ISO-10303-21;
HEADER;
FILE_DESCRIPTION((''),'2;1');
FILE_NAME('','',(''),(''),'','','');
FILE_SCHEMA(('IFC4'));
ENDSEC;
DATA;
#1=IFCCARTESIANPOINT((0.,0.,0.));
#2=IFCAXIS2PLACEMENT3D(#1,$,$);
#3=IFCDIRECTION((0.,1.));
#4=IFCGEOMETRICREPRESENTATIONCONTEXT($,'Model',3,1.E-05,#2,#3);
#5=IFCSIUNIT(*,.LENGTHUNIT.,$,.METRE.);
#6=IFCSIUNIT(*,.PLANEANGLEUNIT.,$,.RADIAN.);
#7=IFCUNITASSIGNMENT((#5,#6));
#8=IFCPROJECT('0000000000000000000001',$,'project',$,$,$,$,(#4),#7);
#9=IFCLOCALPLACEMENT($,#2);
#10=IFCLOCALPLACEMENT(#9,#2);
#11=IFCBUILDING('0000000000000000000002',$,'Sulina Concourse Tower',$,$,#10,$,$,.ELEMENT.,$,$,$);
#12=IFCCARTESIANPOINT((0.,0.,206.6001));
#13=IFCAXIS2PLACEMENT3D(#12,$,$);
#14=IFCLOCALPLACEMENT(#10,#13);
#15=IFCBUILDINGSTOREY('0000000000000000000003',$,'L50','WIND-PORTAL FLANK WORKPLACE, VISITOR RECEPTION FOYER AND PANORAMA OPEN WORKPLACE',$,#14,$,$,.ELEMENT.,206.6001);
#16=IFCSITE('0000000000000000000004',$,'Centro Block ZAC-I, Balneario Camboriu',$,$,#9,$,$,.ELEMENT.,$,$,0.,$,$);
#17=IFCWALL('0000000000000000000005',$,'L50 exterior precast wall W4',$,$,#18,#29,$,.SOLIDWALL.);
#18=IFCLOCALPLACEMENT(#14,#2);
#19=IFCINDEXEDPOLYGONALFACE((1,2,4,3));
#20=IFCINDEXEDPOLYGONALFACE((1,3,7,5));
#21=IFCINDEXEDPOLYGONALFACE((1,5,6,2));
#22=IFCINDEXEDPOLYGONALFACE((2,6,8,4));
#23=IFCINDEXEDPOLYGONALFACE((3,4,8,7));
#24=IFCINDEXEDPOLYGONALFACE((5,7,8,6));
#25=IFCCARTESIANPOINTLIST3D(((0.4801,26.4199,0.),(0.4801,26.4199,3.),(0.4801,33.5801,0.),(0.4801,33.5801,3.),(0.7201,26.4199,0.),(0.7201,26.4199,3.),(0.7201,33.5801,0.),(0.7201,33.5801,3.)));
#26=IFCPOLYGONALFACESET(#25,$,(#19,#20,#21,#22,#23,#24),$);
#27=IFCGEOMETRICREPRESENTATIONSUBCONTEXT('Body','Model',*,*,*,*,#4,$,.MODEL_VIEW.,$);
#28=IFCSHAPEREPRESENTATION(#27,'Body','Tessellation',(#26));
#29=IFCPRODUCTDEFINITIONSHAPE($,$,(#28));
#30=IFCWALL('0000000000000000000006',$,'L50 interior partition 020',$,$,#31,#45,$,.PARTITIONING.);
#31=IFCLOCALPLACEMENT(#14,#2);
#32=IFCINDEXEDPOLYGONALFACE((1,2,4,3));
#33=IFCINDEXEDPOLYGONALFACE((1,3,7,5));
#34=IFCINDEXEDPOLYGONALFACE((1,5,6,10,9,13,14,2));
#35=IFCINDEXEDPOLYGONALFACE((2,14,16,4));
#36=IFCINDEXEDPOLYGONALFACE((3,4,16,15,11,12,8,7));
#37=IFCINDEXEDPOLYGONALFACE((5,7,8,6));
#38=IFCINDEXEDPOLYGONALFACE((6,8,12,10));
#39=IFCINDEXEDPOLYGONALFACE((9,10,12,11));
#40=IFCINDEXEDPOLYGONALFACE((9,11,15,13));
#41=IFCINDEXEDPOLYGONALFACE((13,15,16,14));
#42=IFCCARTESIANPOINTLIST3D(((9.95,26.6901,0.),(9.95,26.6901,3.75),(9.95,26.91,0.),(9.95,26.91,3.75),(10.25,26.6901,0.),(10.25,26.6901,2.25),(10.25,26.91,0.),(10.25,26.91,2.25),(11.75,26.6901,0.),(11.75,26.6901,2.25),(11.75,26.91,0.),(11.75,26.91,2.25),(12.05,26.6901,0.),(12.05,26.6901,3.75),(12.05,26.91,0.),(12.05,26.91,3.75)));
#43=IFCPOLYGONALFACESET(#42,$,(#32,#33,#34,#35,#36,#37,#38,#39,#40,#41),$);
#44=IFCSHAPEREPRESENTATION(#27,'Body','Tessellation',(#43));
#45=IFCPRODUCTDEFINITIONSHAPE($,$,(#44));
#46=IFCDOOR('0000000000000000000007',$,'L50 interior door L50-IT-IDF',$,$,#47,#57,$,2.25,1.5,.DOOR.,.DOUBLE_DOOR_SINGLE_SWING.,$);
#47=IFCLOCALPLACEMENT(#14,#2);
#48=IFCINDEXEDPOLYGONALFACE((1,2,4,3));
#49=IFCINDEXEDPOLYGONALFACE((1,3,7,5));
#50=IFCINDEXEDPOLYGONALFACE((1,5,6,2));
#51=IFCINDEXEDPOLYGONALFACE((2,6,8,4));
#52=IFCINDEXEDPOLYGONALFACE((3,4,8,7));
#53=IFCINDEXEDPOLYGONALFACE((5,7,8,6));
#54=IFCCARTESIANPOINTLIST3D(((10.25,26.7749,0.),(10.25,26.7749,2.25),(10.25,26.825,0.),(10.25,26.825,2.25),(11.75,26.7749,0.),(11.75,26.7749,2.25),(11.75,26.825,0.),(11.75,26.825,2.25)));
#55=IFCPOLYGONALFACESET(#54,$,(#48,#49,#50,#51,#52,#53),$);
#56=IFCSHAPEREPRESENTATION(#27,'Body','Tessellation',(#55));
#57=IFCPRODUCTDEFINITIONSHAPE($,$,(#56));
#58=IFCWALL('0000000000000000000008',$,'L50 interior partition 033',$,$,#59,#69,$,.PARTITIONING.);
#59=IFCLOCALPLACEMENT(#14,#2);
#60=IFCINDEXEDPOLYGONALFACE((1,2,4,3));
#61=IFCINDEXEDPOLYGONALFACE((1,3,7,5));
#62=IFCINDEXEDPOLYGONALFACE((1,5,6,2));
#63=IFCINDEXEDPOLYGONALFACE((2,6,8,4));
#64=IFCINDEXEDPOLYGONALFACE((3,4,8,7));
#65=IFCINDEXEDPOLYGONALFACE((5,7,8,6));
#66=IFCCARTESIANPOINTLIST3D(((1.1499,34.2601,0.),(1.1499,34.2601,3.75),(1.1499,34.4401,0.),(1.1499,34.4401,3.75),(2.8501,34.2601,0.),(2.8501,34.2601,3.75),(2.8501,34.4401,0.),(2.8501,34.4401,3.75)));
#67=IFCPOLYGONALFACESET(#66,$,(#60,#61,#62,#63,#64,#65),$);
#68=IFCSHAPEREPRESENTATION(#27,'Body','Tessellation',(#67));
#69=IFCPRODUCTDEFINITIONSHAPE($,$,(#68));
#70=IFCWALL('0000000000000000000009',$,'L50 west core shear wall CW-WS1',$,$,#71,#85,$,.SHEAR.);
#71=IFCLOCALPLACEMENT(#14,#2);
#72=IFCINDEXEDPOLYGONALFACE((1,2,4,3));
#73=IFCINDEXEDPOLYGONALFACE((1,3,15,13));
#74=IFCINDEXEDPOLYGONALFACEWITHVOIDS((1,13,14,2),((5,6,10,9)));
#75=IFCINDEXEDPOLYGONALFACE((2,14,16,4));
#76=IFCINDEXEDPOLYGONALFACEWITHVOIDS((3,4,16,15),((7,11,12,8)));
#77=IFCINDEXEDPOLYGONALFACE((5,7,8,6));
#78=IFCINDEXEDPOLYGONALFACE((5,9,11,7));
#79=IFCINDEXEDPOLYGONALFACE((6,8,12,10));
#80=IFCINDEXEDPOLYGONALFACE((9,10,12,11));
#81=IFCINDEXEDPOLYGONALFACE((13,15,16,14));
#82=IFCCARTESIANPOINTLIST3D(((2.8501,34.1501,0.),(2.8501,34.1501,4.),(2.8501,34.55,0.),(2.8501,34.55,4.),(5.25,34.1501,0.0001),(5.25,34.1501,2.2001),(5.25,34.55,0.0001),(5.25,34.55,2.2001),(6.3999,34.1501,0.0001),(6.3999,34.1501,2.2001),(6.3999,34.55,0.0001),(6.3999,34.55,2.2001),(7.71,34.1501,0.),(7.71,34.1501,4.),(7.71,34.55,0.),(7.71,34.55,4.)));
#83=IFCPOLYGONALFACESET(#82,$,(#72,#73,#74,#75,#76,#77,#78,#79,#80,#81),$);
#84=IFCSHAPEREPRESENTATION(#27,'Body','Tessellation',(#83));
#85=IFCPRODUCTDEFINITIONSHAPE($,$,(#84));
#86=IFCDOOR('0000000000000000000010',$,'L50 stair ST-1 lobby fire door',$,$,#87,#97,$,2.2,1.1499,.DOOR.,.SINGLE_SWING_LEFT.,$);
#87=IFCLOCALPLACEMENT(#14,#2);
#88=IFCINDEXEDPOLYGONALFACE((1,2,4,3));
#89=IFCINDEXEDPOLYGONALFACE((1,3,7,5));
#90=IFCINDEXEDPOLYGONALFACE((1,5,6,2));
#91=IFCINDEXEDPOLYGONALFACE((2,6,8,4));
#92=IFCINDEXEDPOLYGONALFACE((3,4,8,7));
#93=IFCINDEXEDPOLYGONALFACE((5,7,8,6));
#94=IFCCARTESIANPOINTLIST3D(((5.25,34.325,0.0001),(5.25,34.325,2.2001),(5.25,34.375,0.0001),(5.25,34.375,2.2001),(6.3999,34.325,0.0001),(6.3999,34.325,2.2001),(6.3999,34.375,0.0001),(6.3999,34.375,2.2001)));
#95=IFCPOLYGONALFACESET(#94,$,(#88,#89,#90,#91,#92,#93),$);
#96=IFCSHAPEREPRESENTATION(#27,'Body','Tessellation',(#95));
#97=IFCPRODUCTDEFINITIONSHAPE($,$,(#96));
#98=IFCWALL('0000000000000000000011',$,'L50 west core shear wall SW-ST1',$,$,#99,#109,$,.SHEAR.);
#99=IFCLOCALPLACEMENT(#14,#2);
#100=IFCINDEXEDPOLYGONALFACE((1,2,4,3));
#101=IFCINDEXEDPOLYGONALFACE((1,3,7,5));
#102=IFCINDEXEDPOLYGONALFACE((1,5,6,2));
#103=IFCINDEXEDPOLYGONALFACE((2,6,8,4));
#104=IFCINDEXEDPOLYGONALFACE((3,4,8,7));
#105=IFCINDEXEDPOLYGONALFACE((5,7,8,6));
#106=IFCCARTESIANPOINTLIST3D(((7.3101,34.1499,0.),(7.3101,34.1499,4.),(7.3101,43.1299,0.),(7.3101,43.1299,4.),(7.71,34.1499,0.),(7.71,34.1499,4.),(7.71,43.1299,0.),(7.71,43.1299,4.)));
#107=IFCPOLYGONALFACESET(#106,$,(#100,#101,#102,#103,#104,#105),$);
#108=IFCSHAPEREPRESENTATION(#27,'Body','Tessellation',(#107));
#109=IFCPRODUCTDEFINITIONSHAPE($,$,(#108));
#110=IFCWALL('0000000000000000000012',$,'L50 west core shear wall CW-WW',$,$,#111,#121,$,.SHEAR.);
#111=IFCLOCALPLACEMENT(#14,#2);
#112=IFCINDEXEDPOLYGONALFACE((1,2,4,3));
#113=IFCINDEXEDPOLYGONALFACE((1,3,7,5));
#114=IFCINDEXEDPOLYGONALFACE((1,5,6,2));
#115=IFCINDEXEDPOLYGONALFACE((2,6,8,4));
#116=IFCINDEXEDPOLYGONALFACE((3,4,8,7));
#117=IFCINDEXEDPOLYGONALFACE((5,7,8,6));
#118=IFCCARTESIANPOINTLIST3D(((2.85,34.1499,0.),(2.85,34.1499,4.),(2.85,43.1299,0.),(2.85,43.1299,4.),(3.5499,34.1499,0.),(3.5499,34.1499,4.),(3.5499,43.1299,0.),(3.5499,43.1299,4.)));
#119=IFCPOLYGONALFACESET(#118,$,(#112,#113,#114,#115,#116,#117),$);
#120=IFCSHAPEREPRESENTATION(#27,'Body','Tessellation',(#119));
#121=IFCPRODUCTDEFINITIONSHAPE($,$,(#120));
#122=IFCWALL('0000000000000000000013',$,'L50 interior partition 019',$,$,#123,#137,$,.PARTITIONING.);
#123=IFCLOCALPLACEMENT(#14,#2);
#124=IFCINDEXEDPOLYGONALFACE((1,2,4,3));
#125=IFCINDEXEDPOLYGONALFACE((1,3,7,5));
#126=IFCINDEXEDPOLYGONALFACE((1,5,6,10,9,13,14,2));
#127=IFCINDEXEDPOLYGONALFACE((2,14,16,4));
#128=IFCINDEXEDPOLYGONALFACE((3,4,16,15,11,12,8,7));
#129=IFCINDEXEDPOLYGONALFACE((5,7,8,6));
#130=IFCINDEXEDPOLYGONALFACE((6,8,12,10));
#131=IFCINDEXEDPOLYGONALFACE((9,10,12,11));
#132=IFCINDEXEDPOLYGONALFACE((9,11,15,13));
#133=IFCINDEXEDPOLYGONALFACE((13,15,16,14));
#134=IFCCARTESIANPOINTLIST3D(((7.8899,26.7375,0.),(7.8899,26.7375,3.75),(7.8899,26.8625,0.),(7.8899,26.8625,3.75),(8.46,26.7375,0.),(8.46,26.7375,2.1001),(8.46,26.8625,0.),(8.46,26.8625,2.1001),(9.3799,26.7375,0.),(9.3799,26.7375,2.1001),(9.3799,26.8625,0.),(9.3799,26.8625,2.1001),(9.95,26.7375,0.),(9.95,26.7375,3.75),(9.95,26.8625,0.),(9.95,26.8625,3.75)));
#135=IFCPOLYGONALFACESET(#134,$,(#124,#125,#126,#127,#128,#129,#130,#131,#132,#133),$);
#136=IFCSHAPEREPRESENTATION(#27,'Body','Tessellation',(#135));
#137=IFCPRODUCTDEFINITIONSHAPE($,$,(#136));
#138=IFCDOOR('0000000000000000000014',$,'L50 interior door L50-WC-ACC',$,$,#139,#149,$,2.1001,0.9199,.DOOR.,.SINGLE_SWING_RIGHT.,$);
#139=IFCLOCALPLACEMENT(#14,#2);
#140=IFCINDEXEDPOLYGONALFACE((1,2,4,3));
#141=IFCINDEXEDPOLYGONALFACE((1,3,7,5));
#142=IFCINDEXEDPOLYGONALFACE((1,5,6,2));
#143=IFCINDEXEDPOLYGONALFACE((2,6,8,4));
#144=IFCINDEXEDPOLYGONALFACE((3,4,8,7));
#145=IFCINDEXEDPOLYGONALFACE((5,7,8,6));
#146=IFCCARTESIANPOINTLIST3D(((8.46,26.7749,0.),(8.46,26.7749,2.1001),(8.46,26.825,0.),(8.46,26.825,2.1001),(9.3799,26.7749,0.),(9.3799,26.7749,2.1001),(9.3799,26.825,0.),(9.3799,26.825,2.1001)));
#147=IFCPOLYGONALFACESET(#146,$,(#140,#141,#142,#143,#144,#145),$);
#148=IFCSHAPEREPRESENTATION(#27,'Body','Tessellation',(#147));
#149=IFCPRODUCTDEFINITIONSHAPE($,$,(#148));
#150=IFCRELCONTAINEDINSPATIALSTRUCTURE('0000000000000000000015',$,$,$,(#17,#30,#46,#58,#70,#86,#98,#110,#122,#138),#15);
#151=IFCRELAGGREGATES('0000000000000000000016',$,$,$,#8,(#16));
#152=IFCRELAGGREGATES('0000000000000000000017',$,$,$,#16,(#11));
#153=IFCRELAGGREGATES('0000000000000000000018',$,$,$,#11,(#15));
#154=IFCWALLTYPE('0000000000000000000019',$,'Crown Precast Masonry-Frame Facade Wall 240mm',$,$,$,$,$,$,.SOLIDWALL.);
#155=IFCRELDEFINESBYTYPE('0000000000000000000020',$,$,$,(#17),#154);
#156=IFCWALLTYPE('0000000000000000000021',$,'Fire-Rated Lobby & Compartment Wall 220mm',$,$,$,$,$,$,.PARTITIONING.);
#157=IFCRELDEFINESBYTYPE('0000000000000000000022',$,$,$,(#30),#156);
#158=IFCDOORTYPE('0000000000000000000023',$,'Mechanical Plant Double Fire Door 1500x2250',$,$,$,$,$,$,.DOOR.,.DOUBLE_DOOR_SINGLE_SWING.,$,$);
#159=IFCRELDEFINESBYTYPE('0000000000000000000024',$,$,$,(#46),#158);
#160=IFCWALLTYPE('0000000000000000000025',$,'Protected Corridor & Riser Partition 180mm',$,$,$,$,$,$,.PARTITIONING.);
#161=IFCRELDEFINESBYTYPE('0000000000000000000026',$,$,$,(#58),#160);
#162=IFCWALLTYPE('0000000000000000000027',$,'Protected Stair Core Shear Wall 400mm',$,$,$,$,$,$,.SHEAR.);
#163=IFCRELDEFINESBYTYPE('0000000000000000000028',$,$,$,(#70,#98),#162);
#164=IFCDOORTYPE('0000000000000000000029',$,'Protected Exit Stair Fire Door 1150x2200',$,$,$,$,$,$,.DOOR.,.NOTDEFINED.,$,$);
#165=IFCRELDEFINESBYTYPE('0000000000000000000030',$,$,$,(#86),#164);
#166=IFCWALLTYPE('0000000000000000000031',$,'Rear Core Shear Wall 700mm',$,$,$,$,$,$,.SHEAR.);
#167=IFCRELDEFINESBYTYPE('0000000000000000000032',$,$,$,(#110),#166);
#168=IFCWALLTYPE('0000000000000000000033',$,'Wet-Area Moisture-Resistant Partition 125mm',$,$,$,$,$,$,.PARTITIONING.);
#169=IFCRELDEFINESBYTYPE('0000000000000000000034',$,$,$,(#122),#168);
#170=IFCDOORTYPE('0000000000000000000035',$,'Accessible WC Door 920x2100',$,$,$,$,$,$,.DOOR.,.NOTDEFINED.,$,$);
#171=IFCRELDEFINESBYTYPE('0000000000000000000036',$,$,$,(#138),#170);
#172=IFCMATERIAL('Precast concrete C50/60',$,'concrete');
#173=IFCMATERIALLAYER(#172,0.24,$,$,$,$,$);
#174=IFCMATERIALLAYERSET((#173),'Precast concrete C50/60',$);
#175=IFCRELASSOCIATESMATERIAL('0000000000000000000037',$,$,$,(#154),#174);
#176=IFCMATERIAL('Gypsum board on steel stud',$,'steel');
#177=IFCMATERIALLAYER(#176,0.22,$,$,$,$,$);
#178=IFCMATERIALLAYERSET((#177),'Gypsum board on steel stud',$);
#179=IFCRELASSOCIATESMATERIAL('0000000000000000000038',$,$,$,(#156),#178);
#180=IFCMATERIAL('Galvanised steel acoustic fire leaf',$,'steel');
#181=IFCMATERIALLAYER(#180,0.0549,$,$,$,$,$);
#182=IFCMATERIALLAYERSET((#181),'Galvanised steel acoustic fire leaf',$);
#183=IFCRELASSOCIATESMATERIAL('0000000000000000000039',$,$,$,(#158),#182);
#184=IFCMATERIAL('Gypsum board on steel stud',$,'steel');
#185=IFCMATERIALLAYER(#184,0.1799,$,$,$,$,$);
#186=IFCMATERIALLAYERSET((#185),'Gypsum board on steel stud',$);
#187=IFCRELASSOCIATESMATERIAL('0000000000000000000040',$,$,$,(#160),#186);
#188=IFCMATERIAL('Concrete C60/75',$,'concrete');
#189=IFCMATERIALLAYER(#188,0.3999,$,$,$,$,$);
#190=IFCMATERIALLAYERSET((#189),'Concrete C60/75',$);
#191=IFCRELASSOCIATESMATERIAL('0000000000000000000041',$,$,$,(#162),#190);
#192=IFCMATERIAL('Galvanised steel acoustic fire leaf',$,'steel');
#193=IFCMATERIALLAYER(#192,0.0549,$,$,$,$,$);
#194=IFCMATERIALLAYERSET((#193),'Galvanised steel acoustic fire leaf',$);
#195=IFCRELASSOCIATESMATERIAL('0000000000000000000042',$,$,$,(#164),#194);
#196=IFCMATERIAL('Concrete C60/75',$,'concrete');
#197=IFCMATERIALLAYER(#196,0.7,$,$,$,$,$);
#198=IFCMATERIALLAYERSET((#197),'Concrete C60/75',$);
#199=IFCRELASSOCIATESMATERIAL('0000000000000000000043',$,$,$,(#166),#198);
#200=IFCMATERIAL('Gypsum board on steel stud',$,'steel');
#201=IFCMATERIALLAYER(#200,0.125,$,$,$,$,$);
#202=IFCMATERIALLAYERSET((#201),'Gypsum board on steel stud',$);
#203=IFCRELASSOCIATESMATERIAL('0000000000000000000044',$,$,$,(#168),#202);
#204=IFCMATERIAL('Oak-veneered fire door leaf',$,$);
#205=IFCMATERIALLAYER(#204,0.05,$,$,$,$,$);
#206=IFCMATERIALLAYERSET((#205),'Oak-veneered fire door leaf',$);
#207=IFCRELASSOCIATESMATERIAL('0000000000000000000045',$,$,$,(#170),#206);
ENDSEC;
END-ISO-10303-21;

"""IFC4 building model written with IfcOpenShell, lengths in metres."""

from ifc_helpers import new_model, si_unit, direction, frame, frame_2d, origin, place, context, subcontext, project, spatial, rectangle, extrude, material, layer, layer_set, type_object, element, fill, save


model = new_model("IFC4")

# Units and contexts
model_context = context("Model", 3, precision=1e-05, world=origin(), true_north=direction((0.0, 1.0)))
body_context = subcontext(model_context, "Body", "Model", "MODEL_VIEW")
ifc_project = project(units=[si_unit("LENGTHUNIT", "METRE"), si_unit("PLANEANGLEUNIT", "RADIAN")], contexts=[model_context])

# Site, building, storey
site_placement = place(None, origin())
site = spatial("IfcSite", under=ifc_project, at=site_placement, Name="Centro Block ZAC-I, Balneario Camboriu", CompositionType="ELEMENT", RefElevation=0.0)
building_placement = place(site_placement, origin())
building = spatial("IfcBuilding", under=site, at=building_placement, Name="Sulina Concourse Tower", CompositionType="ELEMENT")
storey_placement = place(building_placement, frame((0.0, 0.0, 206.6001)))
storey = spatial("IfcBuildingStorey", under=building, at=storey_placement, Name="L50", Description="WIND-PORTAL FLANK WORKPLACE, VISITOR RECEPTION FOYER AND PANORAMA OPEN WORKPLACE", CompositionType="ELEMENT", Elevation=206.6001)

# Wall
ifc_material_1 = material(Name="Precast concrete C50/60", Category="concrete")
ifc_layer_1 = layer(ifc_material_1, 0.24)
ifc_layer_set_1 = layer_set([ifc_layer_1], Name="Precast concrete C50/60")
wall_type_1 = type_object("IfcWallType", Name="Crown Precast Masonry-Frame Facade Wall 240mm", PredefinedType="SOLIDWALL", material=ifc_layer_set_1)
wall_1_placement = place(storey_placement, frame((0.6001, 26.4199, 0.0), z_axis=(0.0, 0.0, 1.0), x_axis=(0.0, 1.0, 0.0)))
element("IfcWall", 1, at=wall_1_placement, inside=storey, type_object=wall_type_1, Name="L50 exterior precast wall W4", PredefinedType="SOLIDWALL", context=body_context, shape_type="SweptSolid", body=[
    extrude(rectangle(XDim=7.1602, YDim=0.24, at=frame_2d((3.5801, 0.0))), origin(), (0.0, 0.0, 1.0), 3.0),
])

# Wall, opening, door
ifc_material_2 = material(Name="Gypsum board on steel stud", Category="steel")
ifc_layer_2 = layer(ifc_material_2, 0.22)
ifc_layer_set_2 = layer_set([ifc_layer_2], Name="Gypsum board on steel stud")
wall_type_2 = type_object("IfcWallType", Name="Fire-Rated Lobby & Compartment Wall 220mm", PredefinedType="PARTITIONING", material=ifc_layer_set_2)
wall_2_placement = place(storey_placement, frame((9.95, 26.8, 0.0), z_axis=(0.0, 0.0, 1.0), x_axis=(1.0, 0.0, 0.0)))
wall_2 = element("IfcWall", 2, at=wall_2_placement, inside=storey, type_object=wall_type_2, Name="L50 interior partition 020", PredefinedType="PARTITIONING", context=body_context, shape_type="SweptSolid", body=[
    extrude(rectangle(XDim=2.1001, YDim=0.22, at=frame_2d((1.05, 0.0))), origin(), (0.0, 0.0, 1.0), 3.75),
])
opening_1_placement = place(wall_2_placement, frame((0.3, 0.0, 0.0)))
opening_1 = element("IfcOpeningElement", 3, at=opening_1_placement, cuts=wall_2, PredefinedType="OPENING", context=body_context, shape_type="SweptSolid", body=[
    extrude(rectangle(XDim=1.5, YDim=2.25, at=frame_2d((0.75, 1.125))), frame((0.0, 0.1199, 0.0), z_axis=(0.0, -1.0, 0.0), x_axis=(1.0, 0.0, 0.0)), (0.0, 0.0, 1.0), 0.24),
])
ifc_material_3 = material(Name="Galvanised steel acoustic fire leaf", Category="steel")
ifc_layer_3 = layer(ifc_material_3, 0.0549)
ifc_layer_set_3 = layer_set([ifc_layer_3], Name="Galvanised steel acoustic fire leaf")
door_type_1 = type_object("IfcDoorType", Name="Mechanical Plant Double Fire Door 1500x2250", OperationType="DOUBLE_DOOR_SINGLE_SWING", PredefinedType="DOOR", material=ifc_layer_set_3)
door_1_placement = place(opening_1_placement, origin())
door_1 = element("IfcDoor", 4, at=door_1_placement, inside=storey, type_object=door_type_1, Name="L50 interior door L50-IT-IDF", OperationType="DOUBLE_DOOR_SINGLE_SWING", OverallHeight=2.25, OverallWidth=1.5, PredefinedType="DOOR", context=body_context, shape_type="SweptSolid", body=[
    extrude(rectangle(XDim=1.5, YDim=2.25, at=frame_2d((0.75, 1.125))), frame((0.0, 0.0249, 0.0), z_axis=(0.0, -1.0, 0.0), x_axis=(1.0, 0.0, 0.0)), (0.0, 0.0, 1.0), 0.05),
])
fill(opening_1, door_1)

# Wall
ifc_material_4 = material(Name="Gypsum board on steel stud", Category="steel")
ifc_layer_4 = layer(ifc_material_4, 0.1799)
ifc_layer_set_4 = layer_set([ifc_layer_4], Name="Gypsum board on steel stud")
wall_type_3 = type_object("IfcWallType", Name="Protected Corridor & Riser Partition 180mm", PredefinedType="PARTITIONING", material=ifc_layer_set_4)
wall_3_placement = place(storey_placement, frame((1.1499, 34.3501, 0.0), z_axis=(0.0, 0.0, 1.0), x_axis=(1.0, 0.0, 0.0)))
element("IfcWall", 5, at=wall_3_placement, inside=storey, type_object=wall_type_3, Name="L50 interior partition 033", PredefinedType="PARTITIONING", context=body_context, shape_type="SweptSolid", body=[
    extrude(rectangle(XDim=1.7002, YDim=0.1799, at=frame_2d((0.8501, 0.0))), origin(), (0.0, 0.0, 1.0), 3.75),
])

# Wall, opening, door
ifc_material_5 = material(Name="Concrete C60/75", Category="concrete")
ifc_layer_5 = layer(ifc_material_5, 0.3999)
ifc_layer_set_5 = layer_set([ifc_layer_5], Name="Concrete C60/75")
wall_type_4 = type_object("IfcWallType", Name="Protected Stair Core Shear Wall 400mm", PredefinedType="SHEAR", material=ifc_layer_set_5)
wall_4_placement = place(storey_placement, frame((2.8501, 34.3501, 0.0), z_axis=(0.0, 0.0, 1.0), x_axis=(1.0, 0.0, 0.0)))
wall_4 = element("IfcWall", 6, at=wall_4_placement, inside=storey, type_object=wall_type_4, Name="L50 west core shear wall CW-WS1", PredefinedType="SHEAR", context=body_context, shape_type="SweptSolid", body=[
    extrude(rectangle(XDim=4.8599, YDim=0.3999, at=frame_2d((2.4299, 0.0))), origin(), (0.0, 0.0, 1.0), 4.0),
])
opening_2_placement = place(wall_4_placement, frame((2.3999, 0.0, 0.0)))
opening_2 = element("IfcOpeningElement", 7, at=opening_2_placement, cuts=wall_4, PredefinedType="OPENING", context=body_context, shape_type="SweptSolid", body=[
    extrude(rectangle(XDim=1.1499, YDim=2.2, at=frame_2d((0.575, 1.1001))), frame((0.0, 0.21, 0.0), z_axis=(0.0, -1.0, 0.0), x_axis=(1.0, 0.0, 0.0)), (0.0, 0.0, 1.0), 0.4199),
])
ifc_material_6 = material(Name="Galvanised steel acoustic fire leaf", Category="steel")
ifc_layer_6 = layer(ifc_material_6, 0.0549)
ifc_layer_set_6 = layer_set([ifc_layer_6], Name="Galvanised steel acoustic fire leaf")
door_type_2 = type_object("IfcDoorType", Name="Protected Exit Stair Fire Door 1150x2200", OperationType="NOTDEFINED", PredefinedType="DOOR", material=ifc_layer_set_6)
door_2_placement = place(opening_2_placement, origin())
door_2 = element("IfcDoor", 8, at=door_2_placement, inside=storey, type_object=door_type_2, Name="L50 stair ST-1 lobby fire door", OperationType="SINGLE_SWING_LEFT", OverallHeight=2.2, OverallWidth=1.1499, PredefinedType="DOOR", context=body_context, shape_type="SweptSolid", body=[
    extrude(rectangle(XDim=1.1499, YDim=2.2, at=frame_2d((0.575, 1.1001))), frame((0.0, 0.0249, 0.0), z_axis=(0.0, -1.0, 0.0), x_axis=(1.0, 0.0, 0.0)), (0.0, 0.0, 1.0), 0.05),
])
fill(opening_2, door_2)

# Walls
wall_5_placement = place(storey_placement, frame((7.51, 34.1499, 0.0), z_axis=(0.0, 0.0, 1.0), x_axis=(0.0, 1.0, 0.0)))
element("IfcWall", 9, at=wall_5_placement, inside=storey, type_object=wall_type_4, Name="L50 west core shear wall SW-ST1", PredefinedType="SHEAR", context=body_context, shape_type="SweptSolid", body=[
    extrude(rectangle(XDim=8.98, YDim=0.3999, at=frame_2d((4.49, 0.0))), origin(), (0.0, 0.0, 1.0), 4.0),
])
ifc_material_7 = material(Name="Concrete C60/75", Category="concrete")
ifc_layer_7 = layer(ifc_material_7, 0.7)
ifc_layer_set_7 = layer_set([ifc_layer_7], Name="Concrete C60/75")
wall_type_5 = type_object("IfcWallType", Name="Rear Core Shear Wall 700mm", PredefinedType="SHEAR", material=ifc_layer_set_7)
wall_6_placement = place(storey_placement, frame((3.2, 34.1499, 0.0), z_axis=(0.0, 0.0, 1.0), x_axis=(0.0, 1.0, 0.0)))
element("IfcWall", 10, at=wall_6_placement, inside=storey, type_object=wall_type_5, Name="L50 west core shear wall CW-WW", PredefinedType="SHEAR", context=body_context, shape_type="SweptSolid", body=[
    extrude(rectangle(XDim=8.98, YDim=0.7, at=frame_2d((4.49, 0.0))), origin(), (0.0, 0.0, 1.0), 4.0),
])

# Wall, opening, door
ifc_material_8 = material(Name="Gypsum board on steel stud", Category="steel")
ifc_layer_8 = layer(ifc_material_8, 0.125)
ifc_layer_set_8 = layer_set([ifc_layer_8], Name="Gypsum board on steel stud")
wall_type_6 = type_object("IfcWallType", Name="Wet-Area Moisture-Resistant Partition 125mm", PredefinedType="PARTITIONING", material=ifc_layer_set_8)
wall_7_placement = place(storey_placement, frame((7.8899, 26.8, 0.0), z_axis=(0.0, 0.0, 1.0), x_axis=(1.0, 0.0, 0.0)))
wall_7 = element("IfcWall", 11, at=wall_7_placement, inside=storey, type_object=wall_type_6, Name="L50 interior partition 019", PredefinedType="PARTITIONING", context=body_context, shape_type="SweptSolid", body=[
    extrude(rectangle(XDim=2.0601, YDim=0.125, at=frame_2d((1.03, 0.0))), origin(), (0.0, 0.0, 1.0), 3.75),
])
opening_3_placement = place(wall_7_placement, frame((0.5701, 0.0, 0.0)))
opening_3 = element("IfcOpeningElement", 12, at=opening_3_placement, cuts=wall_7, PredefinedType="OPENING", context=body_context, shape_type="SweptSolid", body=[
    extrude(rectangle(XDim=0.9199, YDim=2.1001, at=frame_2d((0.46, 1.05))), frame((0.0, 0.0725, 0.0), z_axis=(0.0, -1.0, 0.0), x_axis=(1.0, 0.0, 0.0)), (0.0, 0.0, 1.0), 0.145),
])
ifc_material_9 = material(Name="Oak-veneered fire door leaf")
ifc_layer_9 = layer(ifc_material_9, 0.05)
ifc_layer_set_9 = layer_set([ifc_layer_9], Name="Oak-veneered fire door leaf")
door_type_3 = type_object("IfcDoorType", Name="Accessible WC Door 920x2100", OperationType="NOTDEFINED", PredefinedType="DOOR", material=ifc_layer_set_9)
door_3_placement = place(opening_3_placement, origin())
door_3 = element("IfcDoor", 13, at=door_3_placement, inside=storey, type_object=door_type_3, Name="L50 interior door L50-WC-ACC", OperationType="SINGLE_SWING_RIGHT", OverallHeight=2.1001, OverallWidth=0.9199, PredefinedType="DOOR", context=body_context, shape_type="SweptSolid", body=[
    extrude(rectangle(XDim=0.9199, YDim=2.1001, at=frame_2d((0.46, 1.05))), frame((0.0, 0.0249, 0.0), z_axis=(0.0, -1.0, 0.0), x_axis=(1.0, 0.0, 0.0)), (0.0, 0.0, 1.0), 0.05),
])
fill(opening_3, door_3)

save(model, "model.ifc")
